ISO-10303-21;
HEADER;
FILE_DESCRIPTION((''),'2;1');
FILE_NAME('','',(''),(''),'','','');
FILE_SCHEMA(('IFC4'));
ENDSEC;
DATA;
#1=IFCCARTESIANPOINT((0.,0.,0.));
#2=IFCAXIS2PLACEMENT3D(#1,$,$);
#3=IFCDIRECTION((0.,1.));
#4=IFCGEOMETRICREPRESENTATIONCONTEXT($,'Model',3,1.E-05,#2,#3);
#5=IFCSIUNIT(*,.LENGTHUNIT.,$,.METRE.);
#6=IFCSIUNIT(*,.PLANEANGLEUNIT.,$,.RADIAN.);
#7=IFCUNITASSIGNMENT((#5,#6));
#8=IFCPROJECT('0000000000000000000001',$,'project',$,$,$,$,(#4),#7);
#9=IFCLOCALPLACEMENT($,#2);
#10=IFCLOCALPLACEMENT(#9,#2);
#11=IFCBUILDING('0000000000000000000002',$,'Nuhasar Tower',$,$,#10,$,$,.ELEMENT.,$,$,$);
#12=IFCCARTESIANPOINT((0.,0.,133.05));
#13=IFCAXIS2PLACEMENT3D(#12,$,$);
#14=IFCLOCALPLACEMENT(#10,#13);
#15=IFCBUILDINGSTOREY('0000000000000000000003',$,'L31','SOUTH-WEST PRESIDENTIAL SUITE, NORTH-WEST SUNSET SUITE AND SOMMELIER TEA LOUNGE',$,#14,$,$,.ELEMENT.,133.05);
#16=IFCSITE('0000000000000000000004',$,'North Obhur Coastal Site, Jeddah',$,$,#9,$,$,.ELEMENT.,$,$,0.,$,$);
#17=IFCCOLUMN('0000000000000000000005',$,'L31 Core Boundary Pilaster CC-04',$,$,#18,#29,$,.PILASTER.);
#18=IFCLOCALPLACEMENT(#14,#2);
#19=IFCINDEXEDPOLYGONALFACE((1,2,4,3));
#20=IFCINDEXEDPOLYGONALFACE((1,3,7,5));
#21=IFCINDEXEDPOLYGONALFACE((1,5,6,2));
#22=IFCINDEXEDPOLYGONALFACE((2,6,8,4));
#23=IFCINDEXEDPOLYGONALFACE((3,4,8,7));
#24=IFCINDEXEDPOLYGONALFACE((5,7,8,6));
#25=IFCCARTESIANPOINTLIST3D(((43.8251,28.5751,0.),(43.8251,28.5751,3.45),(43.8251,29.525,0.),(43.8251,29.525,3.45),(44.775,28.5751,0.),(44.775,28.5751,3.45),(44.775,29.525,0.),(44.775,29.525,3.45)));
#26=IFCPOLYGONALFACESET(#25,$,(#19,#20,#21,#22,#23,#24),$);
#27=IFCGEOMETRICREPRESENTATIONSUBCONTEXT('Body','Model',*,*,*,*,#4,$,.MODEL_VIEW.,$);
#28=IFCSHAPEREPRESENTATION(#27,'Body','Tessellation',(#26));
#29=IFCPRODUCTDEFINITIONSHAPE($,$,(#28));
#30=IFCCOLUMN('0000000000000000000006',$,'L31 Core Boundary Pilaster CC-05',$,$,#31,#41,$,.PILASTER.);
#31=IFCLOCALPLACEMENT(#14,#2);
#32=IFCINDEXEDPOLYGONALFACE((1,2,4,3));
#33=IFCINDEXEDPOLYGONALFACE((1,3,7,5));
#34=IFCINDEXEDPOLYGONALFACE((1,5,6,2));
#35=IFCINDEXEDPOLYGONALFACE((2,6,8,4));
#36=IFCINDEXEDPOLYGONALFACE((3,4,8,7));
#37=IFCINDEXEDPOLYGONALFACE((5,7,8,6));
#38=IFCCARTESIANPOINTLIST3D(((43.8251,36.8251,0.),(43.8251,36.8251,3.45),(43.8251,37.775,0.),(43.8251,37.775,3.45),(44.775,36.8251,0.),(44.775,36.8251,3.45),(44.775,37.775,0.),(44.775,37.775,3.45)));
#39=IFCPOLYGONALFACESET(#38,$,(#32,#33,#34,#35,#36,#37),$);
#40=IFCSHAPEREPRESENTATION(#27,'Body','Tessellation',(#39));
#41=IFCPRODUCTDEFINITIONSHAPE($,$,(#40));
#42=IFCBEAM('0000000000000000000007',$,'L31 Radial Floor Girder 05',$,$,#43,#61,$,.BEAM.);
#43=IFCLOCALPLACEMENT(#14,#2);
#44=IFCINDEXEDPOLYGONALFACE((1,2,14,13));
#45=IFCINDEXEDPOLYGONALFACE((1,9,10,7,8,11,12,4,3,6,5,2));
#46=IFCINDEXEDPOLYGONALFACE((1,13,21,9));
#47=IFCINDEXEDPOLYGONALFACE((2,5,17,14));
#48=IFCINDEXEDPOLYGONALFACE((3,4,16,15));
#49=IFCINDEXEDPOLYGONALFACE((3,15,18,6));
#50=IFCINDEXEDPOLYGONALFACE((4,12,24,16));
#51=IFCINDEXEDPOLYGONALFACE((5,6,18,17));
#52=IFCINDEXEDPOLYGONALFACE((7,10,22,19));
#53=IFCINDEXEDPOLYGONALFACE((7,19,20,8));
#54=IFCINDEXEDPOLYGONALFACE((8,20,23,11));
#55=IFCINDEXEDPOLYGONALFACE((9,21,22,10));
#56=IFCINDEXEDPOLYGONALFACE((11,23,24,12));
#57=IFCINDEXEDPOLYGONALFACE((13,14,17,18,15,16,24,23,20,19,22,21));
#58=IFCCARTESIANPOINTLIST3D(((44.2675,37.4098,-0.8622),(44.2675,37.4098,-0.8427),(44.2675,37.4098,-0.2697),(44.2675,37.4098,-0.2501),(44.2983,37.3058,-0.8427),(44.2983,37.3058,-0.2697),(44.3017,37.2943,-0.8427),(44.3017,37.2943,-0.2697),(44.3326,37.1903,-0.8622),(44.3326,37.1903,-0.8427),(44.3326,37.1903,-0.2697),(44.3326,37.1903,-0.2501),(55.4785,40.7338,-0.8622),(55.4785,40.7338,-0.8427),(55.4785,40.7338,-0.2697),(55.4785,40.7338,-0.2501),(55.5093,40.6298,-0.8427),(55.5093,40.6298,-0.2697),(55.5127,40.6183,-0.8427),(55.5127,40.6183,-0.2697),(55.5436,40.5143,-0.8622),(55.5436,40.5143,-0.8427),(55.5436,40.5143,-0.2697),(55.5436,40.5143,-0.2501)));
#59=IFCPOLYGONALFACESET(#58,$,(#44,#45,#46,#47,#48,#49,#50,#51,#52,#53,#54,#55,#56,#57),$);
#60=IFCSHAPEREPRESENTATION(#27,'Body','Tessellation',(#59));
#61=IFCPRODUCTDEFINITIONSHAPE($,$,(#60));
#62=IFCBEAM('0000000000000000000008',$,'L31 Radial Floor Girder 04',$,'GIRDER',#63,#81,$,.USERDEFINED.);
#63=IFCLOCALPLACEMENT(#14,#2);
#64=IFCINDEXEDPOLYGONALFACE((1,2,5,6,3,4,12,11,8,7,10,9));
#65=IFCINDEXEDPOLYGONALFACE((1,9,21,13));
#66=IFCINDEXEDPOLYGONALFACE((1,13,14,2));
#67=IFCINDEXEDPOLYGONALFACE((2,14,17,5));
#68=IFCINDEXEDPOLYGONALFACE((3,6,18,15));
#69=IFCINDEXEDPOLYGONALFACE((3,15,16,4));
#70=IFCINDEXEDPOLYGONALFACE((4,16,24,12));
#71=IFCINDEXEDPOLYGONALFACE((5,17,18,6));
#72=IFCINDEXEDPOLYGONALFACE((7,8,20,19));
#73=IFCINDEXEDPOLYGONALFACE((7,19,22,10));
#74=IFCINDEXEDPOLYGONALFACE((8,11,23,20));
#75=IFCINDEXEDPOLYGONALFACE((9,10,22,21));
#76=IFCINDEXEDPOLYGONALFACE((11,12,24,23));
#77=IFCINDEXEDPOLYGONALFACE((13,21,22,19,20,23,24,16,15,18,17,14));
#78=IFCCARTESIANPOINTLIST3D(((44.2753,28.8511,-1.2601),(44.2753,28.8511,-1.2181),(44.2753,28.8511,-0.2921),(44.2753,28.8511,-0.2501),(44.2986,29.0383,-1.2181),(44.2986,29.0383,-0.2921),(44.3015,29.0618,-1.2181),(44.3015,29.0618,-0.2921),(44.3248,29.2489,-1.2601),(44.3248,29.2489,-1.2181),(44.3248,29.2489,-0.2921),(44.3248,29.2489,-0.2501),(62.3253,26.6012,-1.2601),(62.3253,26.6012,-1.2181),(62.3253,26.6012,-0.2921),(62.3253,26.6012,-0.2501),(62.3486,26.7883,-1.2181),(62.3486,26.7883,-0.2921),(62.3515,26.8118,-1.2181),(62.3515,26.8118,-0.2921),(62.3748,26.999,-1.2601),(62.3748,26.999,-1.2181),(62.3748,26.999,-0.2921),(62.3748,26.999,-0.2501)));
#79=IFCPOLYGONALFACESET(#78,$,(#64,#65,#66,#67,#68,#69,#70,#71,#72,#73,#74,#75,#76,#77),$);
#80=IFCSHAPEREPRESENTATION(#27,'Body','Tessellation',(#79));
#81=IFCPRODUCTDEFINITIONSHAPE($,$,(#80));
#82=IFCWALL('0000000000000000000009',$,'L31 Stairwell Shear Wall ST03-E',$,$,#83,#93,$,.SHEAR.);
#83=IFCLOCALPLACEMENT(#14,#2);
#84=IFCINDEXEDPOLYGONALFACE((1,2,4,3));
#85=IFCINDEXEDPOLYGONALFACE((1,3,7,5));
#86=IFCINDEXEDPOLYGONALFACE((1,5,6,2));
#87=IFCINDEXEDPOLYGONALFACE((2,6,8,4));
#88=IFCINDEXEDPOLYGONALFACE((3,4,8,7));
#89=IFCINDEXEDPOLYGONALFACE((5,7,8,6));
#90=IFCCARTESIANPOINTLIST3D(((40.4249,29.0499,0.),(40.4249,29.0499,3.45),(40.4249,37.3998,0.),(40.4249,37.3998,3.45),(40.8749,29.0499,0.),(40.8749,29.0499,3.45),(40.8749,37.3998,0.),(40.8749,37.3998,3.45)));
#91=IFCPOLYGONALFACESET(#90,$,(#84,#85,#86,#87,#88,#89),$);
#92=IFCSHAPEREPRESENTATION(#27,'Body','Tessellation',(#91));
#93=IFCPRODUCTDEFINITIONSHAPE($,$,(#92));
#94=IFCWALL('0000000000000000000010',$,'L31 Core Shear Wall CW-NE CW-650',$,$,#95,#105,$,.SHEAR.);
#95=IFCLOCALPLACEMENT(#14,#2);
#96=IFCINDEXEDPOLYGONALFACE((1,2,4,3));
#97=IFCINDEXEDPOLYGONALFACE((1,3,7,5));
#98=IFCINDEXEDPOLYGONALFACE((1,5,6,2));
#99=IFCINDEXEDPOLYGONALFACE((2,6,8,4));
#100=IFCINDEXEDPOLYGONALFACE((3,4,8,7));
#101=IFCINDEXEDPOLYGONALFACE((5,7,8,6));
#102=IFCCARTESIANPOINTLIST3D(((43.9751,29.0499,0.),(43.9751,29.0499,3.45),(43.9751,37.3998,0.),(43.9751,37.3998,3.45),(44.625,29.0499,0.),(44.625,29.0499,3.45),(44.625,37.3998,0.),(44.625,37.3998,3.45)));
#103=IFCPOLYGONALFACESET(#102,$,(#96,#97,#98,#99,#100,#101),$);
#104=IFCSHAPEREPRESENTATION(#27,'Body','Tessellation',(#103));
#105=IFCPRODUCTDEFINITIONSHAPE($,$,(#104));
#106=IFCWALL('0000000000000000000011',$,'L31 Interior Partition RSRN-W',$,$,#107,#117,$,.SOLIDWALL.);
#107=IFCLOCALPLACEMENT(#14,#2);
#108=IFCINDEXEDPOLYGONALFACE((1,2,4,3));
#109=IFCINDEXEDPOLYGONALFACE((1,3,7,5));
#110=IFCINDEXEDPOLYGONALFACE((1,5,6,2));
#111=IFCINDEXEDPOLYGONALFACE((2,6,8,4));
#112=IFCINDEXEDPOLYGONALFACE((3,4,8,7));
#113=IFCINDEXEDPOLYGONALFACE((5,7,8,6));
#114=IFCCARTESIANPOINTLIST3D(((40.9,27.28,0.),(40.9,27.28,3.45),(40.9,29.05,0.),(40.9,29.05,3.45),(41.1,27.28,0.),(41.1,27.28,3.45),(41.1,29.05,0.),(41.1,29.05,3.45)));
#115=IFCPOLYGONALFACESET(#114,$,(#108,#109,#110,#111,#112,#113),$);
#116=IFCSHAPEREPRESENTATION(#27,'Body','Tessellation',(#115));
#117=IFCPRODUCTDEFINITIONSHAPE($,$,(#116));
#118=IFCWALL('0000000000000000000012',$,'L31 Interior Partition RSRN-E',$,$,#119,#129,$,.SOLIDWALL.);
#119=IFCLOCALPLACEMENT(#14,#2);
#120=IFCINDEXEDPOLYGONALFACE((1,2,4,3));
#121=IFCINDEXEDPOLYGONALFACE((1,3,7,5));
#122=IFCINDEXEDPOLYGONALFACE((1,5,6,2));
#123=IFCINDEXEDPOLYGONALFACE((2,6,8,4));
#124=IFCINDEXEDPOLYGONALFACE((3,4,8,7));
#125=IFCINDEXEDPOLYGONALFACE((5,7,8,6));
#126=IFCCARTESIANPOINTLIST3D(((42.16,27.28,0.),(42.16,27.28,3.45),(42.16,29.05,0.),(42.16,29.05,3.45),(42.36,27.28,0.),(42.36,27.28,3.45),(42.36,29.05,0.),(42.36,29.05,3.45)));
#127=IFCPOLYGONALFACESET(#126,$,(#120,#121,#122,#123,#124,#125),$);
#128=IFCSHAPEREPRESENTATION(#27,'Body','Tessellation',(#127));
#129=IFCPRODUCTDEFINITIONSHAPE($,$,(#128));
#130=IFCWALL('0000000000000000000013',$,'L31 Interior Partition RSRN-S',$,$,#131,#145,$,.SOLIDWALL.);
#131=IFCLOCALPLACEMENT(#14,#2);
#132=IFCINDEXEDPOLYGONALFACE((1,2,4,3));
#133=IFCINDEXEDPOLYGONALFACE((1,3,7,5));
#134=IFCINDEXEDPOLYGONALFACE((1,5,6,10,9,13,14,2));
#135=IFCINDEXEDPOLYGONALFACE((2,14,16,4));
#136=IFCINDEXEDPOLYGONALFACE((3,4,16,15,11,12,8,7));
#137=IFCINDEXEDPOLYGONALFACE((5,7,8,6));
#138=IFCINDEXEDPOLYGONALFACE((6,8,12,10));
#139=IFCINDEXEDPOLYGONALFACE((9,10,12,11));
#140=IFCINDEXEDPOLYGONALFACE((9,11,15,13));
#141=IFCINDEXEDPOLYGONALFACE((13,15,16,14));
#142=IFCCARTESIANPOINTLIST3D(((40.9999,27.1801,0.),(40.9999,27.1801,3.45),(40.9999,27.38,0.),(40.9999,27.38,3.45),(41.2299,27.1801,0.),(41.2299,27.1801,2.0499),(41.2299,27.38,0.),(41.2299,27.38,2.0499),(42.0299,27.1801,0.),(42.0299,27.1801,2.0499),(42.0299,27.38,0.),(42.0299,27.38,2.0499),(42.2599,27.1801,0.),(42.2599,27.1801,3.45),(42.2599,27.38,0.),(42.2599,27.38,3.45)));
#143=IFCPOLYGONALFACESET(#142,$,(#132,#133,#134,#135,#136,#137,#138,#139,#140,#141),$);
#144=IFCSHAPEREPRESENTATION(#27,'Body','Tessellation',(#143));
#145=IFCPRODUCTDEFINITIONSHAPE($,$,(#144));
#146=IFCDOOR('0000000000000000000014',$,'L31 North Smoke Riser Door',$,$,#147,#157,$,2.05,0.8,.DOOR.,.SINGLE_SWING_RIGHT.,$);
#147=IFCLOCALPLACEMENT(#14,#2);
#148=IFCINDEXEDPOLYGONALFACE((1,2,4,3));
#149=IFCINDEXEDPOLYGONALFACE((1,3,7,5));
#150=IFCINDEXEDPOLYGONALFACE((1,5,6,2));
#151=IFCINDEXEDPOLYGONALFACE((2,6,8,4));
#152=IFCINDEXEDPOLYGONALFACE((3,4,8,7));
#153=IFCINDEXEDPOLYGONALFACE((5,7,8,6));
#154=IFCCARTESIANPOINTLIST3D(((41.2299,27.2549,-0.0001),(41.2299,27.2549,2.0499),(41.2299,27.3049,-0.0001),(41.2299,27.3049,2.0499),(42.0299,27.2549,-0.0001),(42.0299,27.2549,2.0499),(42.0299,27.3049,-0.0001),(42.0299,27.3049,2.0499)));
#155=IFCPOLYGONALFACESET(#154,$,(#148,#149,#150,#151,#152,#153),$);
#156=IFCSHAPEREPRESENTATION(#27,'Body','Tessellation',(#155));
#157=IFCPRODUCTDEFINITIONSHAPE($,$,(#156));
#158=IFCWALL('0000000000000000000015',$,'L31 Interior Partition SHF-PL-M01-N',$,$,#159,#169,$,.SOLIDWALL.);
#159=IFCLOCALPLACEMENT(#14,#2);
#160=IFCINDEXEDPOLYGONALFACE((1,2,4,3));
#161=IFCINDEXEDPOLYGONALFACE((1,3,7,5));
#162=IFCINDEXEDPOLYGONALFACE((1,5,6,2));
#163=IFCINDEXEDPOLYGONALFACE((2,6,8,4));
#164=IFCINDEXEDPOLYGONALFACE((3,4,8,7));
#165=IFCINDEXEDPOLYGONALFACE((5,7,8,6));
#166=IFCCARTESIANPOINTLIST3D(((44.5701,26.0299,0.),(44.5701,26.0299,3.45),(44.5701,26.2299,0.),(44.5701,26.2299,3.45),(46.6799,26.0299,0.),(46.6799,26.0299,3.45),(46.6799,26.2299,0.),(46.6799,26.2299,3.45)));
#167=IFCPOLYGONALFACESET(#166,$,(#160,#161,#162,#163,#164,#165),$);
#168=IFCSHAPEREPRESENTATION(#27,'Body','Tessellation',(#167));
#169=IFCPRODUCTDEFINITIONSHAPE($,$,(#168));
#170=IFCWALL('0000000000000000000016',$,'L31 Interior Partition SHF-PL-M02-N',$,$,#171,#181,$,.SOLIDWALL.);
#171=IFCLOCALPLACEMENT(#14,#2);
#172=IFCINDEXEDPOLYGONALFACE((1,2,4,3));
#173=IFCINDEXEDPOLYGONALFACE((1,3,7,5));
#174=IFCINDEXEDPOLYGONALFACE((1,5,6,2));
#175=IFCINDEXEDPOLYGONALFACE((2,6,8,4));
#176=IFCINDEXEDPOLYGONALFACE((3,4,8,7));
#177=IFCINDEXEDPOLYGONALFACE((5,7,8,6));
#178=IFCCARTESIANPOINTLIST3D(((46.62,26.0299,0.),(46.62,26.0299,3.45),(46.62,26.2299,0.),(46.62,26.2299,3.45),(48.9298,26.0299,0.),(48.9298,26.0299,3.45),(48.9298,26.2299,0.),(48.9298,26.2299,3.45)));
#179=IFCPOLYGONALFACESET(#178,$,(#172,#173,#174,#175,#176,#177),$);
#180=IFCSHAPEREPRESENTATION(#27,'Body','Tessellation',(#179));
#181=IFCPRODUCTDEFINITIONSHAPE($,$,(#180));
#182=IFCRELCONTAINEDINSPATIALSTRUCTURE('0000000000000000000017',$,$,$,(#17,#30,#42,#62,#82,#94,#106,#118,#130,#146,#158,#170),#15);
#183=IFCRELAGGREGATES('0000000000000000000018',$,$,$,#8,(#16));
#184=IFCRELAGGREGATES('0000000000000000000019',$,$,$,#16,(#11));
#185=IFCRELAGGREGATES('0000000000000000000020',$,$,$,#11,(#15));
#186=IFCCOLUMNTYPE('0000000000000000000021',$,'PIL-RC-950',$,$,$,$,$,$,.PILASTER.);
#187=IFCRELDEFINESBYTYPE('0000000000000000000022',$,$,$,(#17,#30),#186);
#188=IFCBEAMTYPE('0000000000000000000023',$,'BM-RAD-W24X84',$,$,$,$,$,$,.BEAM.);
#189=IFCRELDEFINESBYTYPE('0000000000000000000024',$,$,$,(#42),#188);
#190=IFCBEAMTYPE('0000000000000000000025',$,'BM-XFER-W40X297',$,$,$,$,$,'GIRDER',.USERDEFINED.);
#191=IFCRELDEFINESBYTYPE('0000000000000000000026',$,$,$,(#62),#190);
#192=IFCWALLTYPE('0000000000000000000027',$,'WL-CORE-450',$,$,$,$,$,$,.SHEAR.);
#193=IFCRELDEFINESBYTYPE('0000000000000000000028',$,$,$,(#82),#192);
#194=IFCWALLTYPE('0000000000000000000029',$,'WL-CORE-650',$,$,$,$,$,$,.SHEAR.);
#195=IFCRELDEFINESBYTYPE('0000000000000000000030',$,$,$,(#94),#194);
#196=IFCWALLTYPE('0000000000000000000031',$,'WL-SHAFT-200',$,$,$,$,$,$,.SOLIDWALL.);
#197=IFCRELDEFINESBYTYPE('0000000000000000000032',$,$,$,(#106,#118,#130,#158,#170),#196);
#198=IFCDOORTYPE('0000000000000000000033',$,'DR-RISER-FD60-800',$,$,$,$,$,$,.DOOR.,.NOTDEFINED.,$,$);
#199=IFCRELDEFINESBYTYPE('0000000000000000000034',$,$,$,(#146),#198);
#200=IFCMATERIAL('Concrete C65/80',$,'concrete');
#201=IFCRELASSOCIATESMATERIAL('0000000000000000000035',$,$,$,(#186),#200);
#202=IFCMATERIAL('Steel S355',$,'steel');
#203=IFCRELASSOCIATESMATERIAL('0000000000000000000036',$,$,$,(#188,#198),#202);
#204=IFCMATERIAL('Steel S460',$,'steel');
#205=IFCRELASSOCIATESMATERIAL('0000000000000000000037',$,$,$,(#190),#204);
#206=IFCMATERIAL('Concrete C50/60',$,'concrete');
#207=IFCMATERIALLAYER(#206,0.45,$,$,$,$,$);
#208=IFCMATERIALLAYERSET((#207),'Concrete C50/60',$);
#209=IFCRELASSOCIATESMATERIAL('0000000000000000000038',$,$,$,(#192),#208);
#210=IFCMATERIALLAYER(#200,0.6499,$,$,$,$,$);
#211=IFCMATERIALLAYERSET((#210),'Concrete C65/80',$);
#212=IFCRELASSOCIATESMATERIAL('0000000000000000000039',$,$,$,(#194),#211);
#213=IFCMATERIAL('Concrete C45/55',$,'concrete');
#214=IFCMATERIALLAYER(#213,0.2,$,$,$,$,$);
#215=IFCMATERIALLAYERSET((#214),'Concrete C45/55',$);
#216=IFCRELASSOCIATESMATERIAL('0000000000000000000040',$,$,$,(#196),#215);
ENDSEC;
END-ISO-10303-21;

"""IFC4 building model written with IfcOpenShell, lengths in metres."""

from ifc_helpers import new_model, si_unit, direction, frame, frame_2d, origin, origin_2d, place, context, subcontext, project, spatial, rectangle, i_section, extrude, material, layer, layer_set, material_profile, profile_set, type_object, element, fill, save


model = new_model("IFC4")

# Units and contexts
model_context = context("Model", 3, precision=1e-05, world=origin(), true_north=direction((0.0, 1.0)))
body_context = subcontext(model_context, "Body", "Model", "MODEL_VIEW")
ifc_project = project(units=[si_unit("LENGTHUNIT", "METRE"), si_unit("PLANEANGLEUNIT", "RADIAN")], contexts=[model_context])

# Site, building, storey
site_placement = place(None, origin())
site = spatial("IfcSite", under=ifc_project, at=site_placement, Name="North Obhur Coastal Site, Jeddah", CompositionType="ELEMENT", RefElevation=0.0)
building_placement = place(site_placement, origin())
building = spatial("IfcBuilding", under=site, at=building_placement, Name="Nuhasar Tower", CompositionType="ELEMENT")
storey_placement = place(building_placement, frame((0.0, 0.0, 133.05)))
storey = spatial("IfcBuildingStorey", under=building, at=storey_placement, Name="L31", Description="SOUTH-WEST PRESIDENTIAL SUITE, NORTH-WEST SUNSET SUITE AND SOMMELIER TEA LOUNGE", CompositionType="ELEMENT", Elevation=133.05)

# Columns
ifc_material_1 = material(Name="Concrete C65/80", Category="concrete")
ifc_material_profile_1 = material_profile(ifc_material_1, rectangle(XDim=0.95, YDim=0.95, at=origin_2d()), Name="RC950X950")
ifc_profile_set_1 = profile_set([ifc_material_profile_1], Name="Concrete C65/80")
column_type = type_object("IfcColumnType", Name="PIL-RC-950", PredefinedType="PILASTER", material=ifc_profile_set_1)
for number, where, z_axis, x_axis, name in (
    (1, (44.3, 29.05, 0.0), (0.0, 0.0, 1.0), (1.0, 0.0, 0.0), "L31 Core Boundary Pilaster CC-04"),
    (2, (44.3, 37.3, 0.0), (0.0, 0.0, 1.0), (1.0, 0.0, 0.0), "L31 Core Boundary Pilaster CC-05"),
):
    element("IfcColumn", number, at=place(storey_placement, frame(where, z_axis=z_axis, x_axis=x_axis)), inside=storey, type_object=column_type, Name=name, PredefinedType="PILASTER", context=body_context, shape_type="SweptSolid", body=[
        extrude(rectangle(XDim=0.95, YDim=0.95, at=origin_2d()), origin(), (0.0, 0.0, 1.0), 3.45),
    ])

# Beams
ifc_material_2 = material(Name="Steel S355", Category="steel")
ifc_material_profile_2 = material_profile(ifc_material_2, i_section(OverallWidth=0.229, OverallDepth=0.6121, WebThickness=0.012, FlangeThickness=0.0195, at=origin_2d()), Name="W24X84")
ifc_profile_set_2 = profile_set([ifc_material_profile_2], Name="Steel S355")
beam_type_1 = type_object("IfcBeamType", Name="BM-RAD-W24X84", PredefinedType="BEAM", material=ifc_profile_set_2)
beam_1_placement = place(storey_placement, frame((44.3, 37.3, -0.5562), z_axis=(0.958746, 0.284262, 0.0), x_axis=(-0.284262, 0.958746, 0.0)))
element("IfcBeam", 3, at=beam_1_placement, inside=storey, type_object=beam_type_1, Name="L31 Radial Floor Girder 05", PredefinedType="BEAM", context=body_context, shape_type="SweptSolid", body=[
    extrude(i_section(OverallWidth=0.229, OverallDepth=0.6121, WebThickness=0.012, FlangeThickness=0.0195, at=origin_2d()), origin(), (0.0, 0.0, 1.0), 11.6934),
])
ifc_material_3 = material(Name="Steel S460", Category="steel")
ifc_material_profile_3 = material_profile(ifc_material_3, i_section(OverallWidth=0.4009, OverallDepth=1.01, WebThickness=0.0237, FlangeThickness=0.042, at=origin_2d()), Name="W40X297")
ifc_profile_set_3 = profile_set([ifc_material_profile_3], Name="Steel S460")
beam_type_2 = type_object("IfcBeamType", Name="BM-XFER-W40X297", ElementType="GIRDER", PredefinedType="USERDEFINED", material=ifc_profile_set_3)
beam_2_placement = place(storey_placement, frame((44.3, 29.05, -0.7551), z_axis=(0.99232, -0.123696, 0.0), x_axis=(0.123696, 0.99232, 0.0)))
element("IfcBeam", 4, at=beam_2_placement, inside=storey, type_object=beam_type_2, Name="L31 Radial Floor Girder 04", ObjectType="GIRDER", PredefinedType="USERDEFINED", context=body_context, shape_type="SweptSolid", body=[
    extrude(i_section(OverallWidth=0.4009, OverallDepth=1.01, WebThickness=0.0237, FlangeThickness=0.042, at=origin_2d()), origin(), (0.0, 0.0, 1.0), 18.1897),
])

# Walls
ifc_material_4 = material(Name="Concrete C50/60", Category="concrete")
ifc_layer_1 = layer(ifc_material_4, 0.45)
ifc_layer_set_1 = layer_set([ifc_layer_1], Name="Concrete C50/60")
wall_type_1 = type_object("IfcWallType", Name="WL-CORE-450", PredefinedType="SHEAR", material=ifc_layer_set_1)
wall_1_placement = place(storey_placement, frame((40.6499, 29.05, 0.0), z_axis=(0.0, 0.0, 1.0), x_axis=(0.0, 1.0, 0.0)))
element("IfcWall", 5, at=wall_1_placement, inside=storey, type_object=wall_type_1, Name="L31 Stairwell Shear Wall ST03-E", PredefinedType="SHEAR", context=body_context, shape_type="SweptSolid", body=[
    extrude(rectangle(XDim=8.3499, YDim=0.45, at=frame_2d((4.1748, 0.0))), origin(), (0.0, 0.0, 1.0), 3.45),
])
ifc_layer_2 = layer(ifc_material_1, 0.6499)
ifc_layer_set_2 = layer_set([ifc_layer_2], Name="Concrete C65/80")
wall_type_2 = type_object("IfcWallType", Name="WL-CORE-650", PredefinedType="SHEAR", material=ifc_layer_set_2)
wall_2_placement = place(storey_placement, frame((44.3, 29.05, 0.0), z_axis=(0.0, 0.0, 1.0), x_axis=(0.0, 1.0, 0.0)))
element("IfcWall", 6, at=wall_2_placement, inside=storey, type_object=wall_type_2, Name="L31 Core Shear Wall CW-NE CW-650", PredefinedType="SHEAR", context=body_context, shape_type="SweptSolid", body=[
    extrude(rectangle(XDim=8.3499, YDim=0.6499, at=frame_2d((4.1748, 0.0))), origin(), (0.0, 0.0, 1.0), 3.45),
])
ifc_material_5 = material(Name="Concrete C45/55", Category="concrete")
ifc_layer_3 = layer(ifc_material_5, 0.2)
ifc_layer_set_3 = layer_set([ifc_layer_3], Name="Concrete C45/55")
wall_type_3 = type_object("IfcWallType", Name="WL-SHAFT-200", PredefinedType="SOLIDWALL", material=ifc_layer_set_3)
for number, where, z_axis, x_axis, name in (
    (7, (41.0, 27.28, 0.0), (0.0, 0.0, 1.0), (0.0, 1.0, 0.0), "L31 Interior Partition RSRN-W"),
    (8, (42.26, 27.28, 0.0), (0.0, 0.0, 1.0), (0.0, 1.0, 0.0), "L31 Interior Partition RSRN-E"),
):
    element("IfcWall", number, at=place(storey_placement, frame(where, z_axis=z_axis, x_axis=x_axis)), inside=storey, type_object=wall_type_3, Name=name, PredefinedType="SOLIDWALL", context=body_context, shape_type="SweptSolid", body=[
        extrude(rectangle(XDim=1.77, YDim=0.2, at=frame_2d((0.885, 0.0))), origin(), (0.0, 0.0, 1.0), 3.45),
    ])

# Wall, opening, door
wall_3_placement = place(storey_placement, frame((41.0, 27.28, 0.0), z_axis=(0.0, 0.0, 1.0), x_axis=(1.0, 0.0, 0.0)))
wall_3 = element("IfcWall", 9, at=wall_3_placement, inside=storey, type_object=wall_type_3, Name="L31 Interior Partition RSRN-S", PredefinedType="SOLIDWALL", context=body_context, shape_type="SweptSolid", body=[
    extrude(rectangle(XDim=1.26, YDim=0.2, at=frame_2d((0.6299, 0.0))), origin(), (0.0, 0.0, 1.0), 3.45),
])
opening_1_placement = place(wall_3_placement, frame((0.23, 0.0, 0.0)))
opening_1 = element("IfcOpeningElement", 10, at=opening_1_placement, cuts=wall_3, PredefinedType="OPENING", context=body_context, shape_type="SweptSolid", body=[
    extrude(rectangle(XDim=0.8, YDim=2.05, at=frame_2d((0.3999, 1.0249))), frame((0.0, 0.1099, 0.0), z_axis=(0.0, -1.0, 0.0), x_axis=(1.0, 0.0, 0.0)), (0.0, 0.0, 1.0), 0.22),
])
door_type_1 = type_object("IfcDoorType", Name="DR-RISER-FD60-800", OperationType="NOTDEFINED", PredefinedType="DOOR", material=ifc_material_2)
door_1_placement = place(opening_1_placement, origin())
door_1 = element("IfcDoor", 11, at=door_1_placement, inside=storey, type_object=door_type_1, Name="L31 North Smoke Riser Door", OperationType="SINGLE_SWING_RIGHT", OverallHeight=2.05, OverallWidth=0.8, PredefinedType="DOOR", context=body_context, shape_type="SweptSolid", body=[
    extrude(rectangle(XDim=0.8, YDim=2.05, at=frame_2d((0.3999, 1.0249))), frame((0.0, 0.0249, 0.0), z_axis=(0.0, -1.0, 0.0), x_axis=(1.0, 0.0, 0.0)), (0.0, 0.0, 1.0), 0.05),
])
fill(opening_1, door_1)

# Walls
wall_4_placement = place(storey_placement, frame((44.5701, 26.1299, 0.0), z_axis=(0.0, 0.0, 1.0), x_axis=(1.0, 0.0, 0.0)))
element("IfcWall", 12, at=wall_4_placement, inside=storey, type_object=wall_type_3, Name="L31 Interior Partition SHF-PL-M01-N", PredefinedType="SOLIDWALL", context=body_context, shape_type="SweptSolid", body=[
    extrude(rectangle(XDim=2.1099, YDim=0.2, at=frame_2d((1.0549, 0.0))), origin(), (0.0, 0.0, 1.0), 3.45),
])
wall_5_placement = place(storey_placement, frame((46.6201, 26.1299, 0.0), z_axis=(0.0, 0.0, 1.0), x_axis=(1.0, 0.0, 0.0)))
element("IfcWall", 13, at=wall_5_placement, inside=storey, type_object=wall_type_3, Name="L31 Interior Partition SHF-PL-M02-N", PredefinedType="SOLIDWALL", context=body_context, shape_type="SweptSolid", body=[
    extrude(rectangle(XDim=2.3098, YDim=0.2, at=frame_2d((1.1548, 0.0))), origin(), (0.0, 0.0, 1.0), 3.45),
])

save(model, "model.ifc")
